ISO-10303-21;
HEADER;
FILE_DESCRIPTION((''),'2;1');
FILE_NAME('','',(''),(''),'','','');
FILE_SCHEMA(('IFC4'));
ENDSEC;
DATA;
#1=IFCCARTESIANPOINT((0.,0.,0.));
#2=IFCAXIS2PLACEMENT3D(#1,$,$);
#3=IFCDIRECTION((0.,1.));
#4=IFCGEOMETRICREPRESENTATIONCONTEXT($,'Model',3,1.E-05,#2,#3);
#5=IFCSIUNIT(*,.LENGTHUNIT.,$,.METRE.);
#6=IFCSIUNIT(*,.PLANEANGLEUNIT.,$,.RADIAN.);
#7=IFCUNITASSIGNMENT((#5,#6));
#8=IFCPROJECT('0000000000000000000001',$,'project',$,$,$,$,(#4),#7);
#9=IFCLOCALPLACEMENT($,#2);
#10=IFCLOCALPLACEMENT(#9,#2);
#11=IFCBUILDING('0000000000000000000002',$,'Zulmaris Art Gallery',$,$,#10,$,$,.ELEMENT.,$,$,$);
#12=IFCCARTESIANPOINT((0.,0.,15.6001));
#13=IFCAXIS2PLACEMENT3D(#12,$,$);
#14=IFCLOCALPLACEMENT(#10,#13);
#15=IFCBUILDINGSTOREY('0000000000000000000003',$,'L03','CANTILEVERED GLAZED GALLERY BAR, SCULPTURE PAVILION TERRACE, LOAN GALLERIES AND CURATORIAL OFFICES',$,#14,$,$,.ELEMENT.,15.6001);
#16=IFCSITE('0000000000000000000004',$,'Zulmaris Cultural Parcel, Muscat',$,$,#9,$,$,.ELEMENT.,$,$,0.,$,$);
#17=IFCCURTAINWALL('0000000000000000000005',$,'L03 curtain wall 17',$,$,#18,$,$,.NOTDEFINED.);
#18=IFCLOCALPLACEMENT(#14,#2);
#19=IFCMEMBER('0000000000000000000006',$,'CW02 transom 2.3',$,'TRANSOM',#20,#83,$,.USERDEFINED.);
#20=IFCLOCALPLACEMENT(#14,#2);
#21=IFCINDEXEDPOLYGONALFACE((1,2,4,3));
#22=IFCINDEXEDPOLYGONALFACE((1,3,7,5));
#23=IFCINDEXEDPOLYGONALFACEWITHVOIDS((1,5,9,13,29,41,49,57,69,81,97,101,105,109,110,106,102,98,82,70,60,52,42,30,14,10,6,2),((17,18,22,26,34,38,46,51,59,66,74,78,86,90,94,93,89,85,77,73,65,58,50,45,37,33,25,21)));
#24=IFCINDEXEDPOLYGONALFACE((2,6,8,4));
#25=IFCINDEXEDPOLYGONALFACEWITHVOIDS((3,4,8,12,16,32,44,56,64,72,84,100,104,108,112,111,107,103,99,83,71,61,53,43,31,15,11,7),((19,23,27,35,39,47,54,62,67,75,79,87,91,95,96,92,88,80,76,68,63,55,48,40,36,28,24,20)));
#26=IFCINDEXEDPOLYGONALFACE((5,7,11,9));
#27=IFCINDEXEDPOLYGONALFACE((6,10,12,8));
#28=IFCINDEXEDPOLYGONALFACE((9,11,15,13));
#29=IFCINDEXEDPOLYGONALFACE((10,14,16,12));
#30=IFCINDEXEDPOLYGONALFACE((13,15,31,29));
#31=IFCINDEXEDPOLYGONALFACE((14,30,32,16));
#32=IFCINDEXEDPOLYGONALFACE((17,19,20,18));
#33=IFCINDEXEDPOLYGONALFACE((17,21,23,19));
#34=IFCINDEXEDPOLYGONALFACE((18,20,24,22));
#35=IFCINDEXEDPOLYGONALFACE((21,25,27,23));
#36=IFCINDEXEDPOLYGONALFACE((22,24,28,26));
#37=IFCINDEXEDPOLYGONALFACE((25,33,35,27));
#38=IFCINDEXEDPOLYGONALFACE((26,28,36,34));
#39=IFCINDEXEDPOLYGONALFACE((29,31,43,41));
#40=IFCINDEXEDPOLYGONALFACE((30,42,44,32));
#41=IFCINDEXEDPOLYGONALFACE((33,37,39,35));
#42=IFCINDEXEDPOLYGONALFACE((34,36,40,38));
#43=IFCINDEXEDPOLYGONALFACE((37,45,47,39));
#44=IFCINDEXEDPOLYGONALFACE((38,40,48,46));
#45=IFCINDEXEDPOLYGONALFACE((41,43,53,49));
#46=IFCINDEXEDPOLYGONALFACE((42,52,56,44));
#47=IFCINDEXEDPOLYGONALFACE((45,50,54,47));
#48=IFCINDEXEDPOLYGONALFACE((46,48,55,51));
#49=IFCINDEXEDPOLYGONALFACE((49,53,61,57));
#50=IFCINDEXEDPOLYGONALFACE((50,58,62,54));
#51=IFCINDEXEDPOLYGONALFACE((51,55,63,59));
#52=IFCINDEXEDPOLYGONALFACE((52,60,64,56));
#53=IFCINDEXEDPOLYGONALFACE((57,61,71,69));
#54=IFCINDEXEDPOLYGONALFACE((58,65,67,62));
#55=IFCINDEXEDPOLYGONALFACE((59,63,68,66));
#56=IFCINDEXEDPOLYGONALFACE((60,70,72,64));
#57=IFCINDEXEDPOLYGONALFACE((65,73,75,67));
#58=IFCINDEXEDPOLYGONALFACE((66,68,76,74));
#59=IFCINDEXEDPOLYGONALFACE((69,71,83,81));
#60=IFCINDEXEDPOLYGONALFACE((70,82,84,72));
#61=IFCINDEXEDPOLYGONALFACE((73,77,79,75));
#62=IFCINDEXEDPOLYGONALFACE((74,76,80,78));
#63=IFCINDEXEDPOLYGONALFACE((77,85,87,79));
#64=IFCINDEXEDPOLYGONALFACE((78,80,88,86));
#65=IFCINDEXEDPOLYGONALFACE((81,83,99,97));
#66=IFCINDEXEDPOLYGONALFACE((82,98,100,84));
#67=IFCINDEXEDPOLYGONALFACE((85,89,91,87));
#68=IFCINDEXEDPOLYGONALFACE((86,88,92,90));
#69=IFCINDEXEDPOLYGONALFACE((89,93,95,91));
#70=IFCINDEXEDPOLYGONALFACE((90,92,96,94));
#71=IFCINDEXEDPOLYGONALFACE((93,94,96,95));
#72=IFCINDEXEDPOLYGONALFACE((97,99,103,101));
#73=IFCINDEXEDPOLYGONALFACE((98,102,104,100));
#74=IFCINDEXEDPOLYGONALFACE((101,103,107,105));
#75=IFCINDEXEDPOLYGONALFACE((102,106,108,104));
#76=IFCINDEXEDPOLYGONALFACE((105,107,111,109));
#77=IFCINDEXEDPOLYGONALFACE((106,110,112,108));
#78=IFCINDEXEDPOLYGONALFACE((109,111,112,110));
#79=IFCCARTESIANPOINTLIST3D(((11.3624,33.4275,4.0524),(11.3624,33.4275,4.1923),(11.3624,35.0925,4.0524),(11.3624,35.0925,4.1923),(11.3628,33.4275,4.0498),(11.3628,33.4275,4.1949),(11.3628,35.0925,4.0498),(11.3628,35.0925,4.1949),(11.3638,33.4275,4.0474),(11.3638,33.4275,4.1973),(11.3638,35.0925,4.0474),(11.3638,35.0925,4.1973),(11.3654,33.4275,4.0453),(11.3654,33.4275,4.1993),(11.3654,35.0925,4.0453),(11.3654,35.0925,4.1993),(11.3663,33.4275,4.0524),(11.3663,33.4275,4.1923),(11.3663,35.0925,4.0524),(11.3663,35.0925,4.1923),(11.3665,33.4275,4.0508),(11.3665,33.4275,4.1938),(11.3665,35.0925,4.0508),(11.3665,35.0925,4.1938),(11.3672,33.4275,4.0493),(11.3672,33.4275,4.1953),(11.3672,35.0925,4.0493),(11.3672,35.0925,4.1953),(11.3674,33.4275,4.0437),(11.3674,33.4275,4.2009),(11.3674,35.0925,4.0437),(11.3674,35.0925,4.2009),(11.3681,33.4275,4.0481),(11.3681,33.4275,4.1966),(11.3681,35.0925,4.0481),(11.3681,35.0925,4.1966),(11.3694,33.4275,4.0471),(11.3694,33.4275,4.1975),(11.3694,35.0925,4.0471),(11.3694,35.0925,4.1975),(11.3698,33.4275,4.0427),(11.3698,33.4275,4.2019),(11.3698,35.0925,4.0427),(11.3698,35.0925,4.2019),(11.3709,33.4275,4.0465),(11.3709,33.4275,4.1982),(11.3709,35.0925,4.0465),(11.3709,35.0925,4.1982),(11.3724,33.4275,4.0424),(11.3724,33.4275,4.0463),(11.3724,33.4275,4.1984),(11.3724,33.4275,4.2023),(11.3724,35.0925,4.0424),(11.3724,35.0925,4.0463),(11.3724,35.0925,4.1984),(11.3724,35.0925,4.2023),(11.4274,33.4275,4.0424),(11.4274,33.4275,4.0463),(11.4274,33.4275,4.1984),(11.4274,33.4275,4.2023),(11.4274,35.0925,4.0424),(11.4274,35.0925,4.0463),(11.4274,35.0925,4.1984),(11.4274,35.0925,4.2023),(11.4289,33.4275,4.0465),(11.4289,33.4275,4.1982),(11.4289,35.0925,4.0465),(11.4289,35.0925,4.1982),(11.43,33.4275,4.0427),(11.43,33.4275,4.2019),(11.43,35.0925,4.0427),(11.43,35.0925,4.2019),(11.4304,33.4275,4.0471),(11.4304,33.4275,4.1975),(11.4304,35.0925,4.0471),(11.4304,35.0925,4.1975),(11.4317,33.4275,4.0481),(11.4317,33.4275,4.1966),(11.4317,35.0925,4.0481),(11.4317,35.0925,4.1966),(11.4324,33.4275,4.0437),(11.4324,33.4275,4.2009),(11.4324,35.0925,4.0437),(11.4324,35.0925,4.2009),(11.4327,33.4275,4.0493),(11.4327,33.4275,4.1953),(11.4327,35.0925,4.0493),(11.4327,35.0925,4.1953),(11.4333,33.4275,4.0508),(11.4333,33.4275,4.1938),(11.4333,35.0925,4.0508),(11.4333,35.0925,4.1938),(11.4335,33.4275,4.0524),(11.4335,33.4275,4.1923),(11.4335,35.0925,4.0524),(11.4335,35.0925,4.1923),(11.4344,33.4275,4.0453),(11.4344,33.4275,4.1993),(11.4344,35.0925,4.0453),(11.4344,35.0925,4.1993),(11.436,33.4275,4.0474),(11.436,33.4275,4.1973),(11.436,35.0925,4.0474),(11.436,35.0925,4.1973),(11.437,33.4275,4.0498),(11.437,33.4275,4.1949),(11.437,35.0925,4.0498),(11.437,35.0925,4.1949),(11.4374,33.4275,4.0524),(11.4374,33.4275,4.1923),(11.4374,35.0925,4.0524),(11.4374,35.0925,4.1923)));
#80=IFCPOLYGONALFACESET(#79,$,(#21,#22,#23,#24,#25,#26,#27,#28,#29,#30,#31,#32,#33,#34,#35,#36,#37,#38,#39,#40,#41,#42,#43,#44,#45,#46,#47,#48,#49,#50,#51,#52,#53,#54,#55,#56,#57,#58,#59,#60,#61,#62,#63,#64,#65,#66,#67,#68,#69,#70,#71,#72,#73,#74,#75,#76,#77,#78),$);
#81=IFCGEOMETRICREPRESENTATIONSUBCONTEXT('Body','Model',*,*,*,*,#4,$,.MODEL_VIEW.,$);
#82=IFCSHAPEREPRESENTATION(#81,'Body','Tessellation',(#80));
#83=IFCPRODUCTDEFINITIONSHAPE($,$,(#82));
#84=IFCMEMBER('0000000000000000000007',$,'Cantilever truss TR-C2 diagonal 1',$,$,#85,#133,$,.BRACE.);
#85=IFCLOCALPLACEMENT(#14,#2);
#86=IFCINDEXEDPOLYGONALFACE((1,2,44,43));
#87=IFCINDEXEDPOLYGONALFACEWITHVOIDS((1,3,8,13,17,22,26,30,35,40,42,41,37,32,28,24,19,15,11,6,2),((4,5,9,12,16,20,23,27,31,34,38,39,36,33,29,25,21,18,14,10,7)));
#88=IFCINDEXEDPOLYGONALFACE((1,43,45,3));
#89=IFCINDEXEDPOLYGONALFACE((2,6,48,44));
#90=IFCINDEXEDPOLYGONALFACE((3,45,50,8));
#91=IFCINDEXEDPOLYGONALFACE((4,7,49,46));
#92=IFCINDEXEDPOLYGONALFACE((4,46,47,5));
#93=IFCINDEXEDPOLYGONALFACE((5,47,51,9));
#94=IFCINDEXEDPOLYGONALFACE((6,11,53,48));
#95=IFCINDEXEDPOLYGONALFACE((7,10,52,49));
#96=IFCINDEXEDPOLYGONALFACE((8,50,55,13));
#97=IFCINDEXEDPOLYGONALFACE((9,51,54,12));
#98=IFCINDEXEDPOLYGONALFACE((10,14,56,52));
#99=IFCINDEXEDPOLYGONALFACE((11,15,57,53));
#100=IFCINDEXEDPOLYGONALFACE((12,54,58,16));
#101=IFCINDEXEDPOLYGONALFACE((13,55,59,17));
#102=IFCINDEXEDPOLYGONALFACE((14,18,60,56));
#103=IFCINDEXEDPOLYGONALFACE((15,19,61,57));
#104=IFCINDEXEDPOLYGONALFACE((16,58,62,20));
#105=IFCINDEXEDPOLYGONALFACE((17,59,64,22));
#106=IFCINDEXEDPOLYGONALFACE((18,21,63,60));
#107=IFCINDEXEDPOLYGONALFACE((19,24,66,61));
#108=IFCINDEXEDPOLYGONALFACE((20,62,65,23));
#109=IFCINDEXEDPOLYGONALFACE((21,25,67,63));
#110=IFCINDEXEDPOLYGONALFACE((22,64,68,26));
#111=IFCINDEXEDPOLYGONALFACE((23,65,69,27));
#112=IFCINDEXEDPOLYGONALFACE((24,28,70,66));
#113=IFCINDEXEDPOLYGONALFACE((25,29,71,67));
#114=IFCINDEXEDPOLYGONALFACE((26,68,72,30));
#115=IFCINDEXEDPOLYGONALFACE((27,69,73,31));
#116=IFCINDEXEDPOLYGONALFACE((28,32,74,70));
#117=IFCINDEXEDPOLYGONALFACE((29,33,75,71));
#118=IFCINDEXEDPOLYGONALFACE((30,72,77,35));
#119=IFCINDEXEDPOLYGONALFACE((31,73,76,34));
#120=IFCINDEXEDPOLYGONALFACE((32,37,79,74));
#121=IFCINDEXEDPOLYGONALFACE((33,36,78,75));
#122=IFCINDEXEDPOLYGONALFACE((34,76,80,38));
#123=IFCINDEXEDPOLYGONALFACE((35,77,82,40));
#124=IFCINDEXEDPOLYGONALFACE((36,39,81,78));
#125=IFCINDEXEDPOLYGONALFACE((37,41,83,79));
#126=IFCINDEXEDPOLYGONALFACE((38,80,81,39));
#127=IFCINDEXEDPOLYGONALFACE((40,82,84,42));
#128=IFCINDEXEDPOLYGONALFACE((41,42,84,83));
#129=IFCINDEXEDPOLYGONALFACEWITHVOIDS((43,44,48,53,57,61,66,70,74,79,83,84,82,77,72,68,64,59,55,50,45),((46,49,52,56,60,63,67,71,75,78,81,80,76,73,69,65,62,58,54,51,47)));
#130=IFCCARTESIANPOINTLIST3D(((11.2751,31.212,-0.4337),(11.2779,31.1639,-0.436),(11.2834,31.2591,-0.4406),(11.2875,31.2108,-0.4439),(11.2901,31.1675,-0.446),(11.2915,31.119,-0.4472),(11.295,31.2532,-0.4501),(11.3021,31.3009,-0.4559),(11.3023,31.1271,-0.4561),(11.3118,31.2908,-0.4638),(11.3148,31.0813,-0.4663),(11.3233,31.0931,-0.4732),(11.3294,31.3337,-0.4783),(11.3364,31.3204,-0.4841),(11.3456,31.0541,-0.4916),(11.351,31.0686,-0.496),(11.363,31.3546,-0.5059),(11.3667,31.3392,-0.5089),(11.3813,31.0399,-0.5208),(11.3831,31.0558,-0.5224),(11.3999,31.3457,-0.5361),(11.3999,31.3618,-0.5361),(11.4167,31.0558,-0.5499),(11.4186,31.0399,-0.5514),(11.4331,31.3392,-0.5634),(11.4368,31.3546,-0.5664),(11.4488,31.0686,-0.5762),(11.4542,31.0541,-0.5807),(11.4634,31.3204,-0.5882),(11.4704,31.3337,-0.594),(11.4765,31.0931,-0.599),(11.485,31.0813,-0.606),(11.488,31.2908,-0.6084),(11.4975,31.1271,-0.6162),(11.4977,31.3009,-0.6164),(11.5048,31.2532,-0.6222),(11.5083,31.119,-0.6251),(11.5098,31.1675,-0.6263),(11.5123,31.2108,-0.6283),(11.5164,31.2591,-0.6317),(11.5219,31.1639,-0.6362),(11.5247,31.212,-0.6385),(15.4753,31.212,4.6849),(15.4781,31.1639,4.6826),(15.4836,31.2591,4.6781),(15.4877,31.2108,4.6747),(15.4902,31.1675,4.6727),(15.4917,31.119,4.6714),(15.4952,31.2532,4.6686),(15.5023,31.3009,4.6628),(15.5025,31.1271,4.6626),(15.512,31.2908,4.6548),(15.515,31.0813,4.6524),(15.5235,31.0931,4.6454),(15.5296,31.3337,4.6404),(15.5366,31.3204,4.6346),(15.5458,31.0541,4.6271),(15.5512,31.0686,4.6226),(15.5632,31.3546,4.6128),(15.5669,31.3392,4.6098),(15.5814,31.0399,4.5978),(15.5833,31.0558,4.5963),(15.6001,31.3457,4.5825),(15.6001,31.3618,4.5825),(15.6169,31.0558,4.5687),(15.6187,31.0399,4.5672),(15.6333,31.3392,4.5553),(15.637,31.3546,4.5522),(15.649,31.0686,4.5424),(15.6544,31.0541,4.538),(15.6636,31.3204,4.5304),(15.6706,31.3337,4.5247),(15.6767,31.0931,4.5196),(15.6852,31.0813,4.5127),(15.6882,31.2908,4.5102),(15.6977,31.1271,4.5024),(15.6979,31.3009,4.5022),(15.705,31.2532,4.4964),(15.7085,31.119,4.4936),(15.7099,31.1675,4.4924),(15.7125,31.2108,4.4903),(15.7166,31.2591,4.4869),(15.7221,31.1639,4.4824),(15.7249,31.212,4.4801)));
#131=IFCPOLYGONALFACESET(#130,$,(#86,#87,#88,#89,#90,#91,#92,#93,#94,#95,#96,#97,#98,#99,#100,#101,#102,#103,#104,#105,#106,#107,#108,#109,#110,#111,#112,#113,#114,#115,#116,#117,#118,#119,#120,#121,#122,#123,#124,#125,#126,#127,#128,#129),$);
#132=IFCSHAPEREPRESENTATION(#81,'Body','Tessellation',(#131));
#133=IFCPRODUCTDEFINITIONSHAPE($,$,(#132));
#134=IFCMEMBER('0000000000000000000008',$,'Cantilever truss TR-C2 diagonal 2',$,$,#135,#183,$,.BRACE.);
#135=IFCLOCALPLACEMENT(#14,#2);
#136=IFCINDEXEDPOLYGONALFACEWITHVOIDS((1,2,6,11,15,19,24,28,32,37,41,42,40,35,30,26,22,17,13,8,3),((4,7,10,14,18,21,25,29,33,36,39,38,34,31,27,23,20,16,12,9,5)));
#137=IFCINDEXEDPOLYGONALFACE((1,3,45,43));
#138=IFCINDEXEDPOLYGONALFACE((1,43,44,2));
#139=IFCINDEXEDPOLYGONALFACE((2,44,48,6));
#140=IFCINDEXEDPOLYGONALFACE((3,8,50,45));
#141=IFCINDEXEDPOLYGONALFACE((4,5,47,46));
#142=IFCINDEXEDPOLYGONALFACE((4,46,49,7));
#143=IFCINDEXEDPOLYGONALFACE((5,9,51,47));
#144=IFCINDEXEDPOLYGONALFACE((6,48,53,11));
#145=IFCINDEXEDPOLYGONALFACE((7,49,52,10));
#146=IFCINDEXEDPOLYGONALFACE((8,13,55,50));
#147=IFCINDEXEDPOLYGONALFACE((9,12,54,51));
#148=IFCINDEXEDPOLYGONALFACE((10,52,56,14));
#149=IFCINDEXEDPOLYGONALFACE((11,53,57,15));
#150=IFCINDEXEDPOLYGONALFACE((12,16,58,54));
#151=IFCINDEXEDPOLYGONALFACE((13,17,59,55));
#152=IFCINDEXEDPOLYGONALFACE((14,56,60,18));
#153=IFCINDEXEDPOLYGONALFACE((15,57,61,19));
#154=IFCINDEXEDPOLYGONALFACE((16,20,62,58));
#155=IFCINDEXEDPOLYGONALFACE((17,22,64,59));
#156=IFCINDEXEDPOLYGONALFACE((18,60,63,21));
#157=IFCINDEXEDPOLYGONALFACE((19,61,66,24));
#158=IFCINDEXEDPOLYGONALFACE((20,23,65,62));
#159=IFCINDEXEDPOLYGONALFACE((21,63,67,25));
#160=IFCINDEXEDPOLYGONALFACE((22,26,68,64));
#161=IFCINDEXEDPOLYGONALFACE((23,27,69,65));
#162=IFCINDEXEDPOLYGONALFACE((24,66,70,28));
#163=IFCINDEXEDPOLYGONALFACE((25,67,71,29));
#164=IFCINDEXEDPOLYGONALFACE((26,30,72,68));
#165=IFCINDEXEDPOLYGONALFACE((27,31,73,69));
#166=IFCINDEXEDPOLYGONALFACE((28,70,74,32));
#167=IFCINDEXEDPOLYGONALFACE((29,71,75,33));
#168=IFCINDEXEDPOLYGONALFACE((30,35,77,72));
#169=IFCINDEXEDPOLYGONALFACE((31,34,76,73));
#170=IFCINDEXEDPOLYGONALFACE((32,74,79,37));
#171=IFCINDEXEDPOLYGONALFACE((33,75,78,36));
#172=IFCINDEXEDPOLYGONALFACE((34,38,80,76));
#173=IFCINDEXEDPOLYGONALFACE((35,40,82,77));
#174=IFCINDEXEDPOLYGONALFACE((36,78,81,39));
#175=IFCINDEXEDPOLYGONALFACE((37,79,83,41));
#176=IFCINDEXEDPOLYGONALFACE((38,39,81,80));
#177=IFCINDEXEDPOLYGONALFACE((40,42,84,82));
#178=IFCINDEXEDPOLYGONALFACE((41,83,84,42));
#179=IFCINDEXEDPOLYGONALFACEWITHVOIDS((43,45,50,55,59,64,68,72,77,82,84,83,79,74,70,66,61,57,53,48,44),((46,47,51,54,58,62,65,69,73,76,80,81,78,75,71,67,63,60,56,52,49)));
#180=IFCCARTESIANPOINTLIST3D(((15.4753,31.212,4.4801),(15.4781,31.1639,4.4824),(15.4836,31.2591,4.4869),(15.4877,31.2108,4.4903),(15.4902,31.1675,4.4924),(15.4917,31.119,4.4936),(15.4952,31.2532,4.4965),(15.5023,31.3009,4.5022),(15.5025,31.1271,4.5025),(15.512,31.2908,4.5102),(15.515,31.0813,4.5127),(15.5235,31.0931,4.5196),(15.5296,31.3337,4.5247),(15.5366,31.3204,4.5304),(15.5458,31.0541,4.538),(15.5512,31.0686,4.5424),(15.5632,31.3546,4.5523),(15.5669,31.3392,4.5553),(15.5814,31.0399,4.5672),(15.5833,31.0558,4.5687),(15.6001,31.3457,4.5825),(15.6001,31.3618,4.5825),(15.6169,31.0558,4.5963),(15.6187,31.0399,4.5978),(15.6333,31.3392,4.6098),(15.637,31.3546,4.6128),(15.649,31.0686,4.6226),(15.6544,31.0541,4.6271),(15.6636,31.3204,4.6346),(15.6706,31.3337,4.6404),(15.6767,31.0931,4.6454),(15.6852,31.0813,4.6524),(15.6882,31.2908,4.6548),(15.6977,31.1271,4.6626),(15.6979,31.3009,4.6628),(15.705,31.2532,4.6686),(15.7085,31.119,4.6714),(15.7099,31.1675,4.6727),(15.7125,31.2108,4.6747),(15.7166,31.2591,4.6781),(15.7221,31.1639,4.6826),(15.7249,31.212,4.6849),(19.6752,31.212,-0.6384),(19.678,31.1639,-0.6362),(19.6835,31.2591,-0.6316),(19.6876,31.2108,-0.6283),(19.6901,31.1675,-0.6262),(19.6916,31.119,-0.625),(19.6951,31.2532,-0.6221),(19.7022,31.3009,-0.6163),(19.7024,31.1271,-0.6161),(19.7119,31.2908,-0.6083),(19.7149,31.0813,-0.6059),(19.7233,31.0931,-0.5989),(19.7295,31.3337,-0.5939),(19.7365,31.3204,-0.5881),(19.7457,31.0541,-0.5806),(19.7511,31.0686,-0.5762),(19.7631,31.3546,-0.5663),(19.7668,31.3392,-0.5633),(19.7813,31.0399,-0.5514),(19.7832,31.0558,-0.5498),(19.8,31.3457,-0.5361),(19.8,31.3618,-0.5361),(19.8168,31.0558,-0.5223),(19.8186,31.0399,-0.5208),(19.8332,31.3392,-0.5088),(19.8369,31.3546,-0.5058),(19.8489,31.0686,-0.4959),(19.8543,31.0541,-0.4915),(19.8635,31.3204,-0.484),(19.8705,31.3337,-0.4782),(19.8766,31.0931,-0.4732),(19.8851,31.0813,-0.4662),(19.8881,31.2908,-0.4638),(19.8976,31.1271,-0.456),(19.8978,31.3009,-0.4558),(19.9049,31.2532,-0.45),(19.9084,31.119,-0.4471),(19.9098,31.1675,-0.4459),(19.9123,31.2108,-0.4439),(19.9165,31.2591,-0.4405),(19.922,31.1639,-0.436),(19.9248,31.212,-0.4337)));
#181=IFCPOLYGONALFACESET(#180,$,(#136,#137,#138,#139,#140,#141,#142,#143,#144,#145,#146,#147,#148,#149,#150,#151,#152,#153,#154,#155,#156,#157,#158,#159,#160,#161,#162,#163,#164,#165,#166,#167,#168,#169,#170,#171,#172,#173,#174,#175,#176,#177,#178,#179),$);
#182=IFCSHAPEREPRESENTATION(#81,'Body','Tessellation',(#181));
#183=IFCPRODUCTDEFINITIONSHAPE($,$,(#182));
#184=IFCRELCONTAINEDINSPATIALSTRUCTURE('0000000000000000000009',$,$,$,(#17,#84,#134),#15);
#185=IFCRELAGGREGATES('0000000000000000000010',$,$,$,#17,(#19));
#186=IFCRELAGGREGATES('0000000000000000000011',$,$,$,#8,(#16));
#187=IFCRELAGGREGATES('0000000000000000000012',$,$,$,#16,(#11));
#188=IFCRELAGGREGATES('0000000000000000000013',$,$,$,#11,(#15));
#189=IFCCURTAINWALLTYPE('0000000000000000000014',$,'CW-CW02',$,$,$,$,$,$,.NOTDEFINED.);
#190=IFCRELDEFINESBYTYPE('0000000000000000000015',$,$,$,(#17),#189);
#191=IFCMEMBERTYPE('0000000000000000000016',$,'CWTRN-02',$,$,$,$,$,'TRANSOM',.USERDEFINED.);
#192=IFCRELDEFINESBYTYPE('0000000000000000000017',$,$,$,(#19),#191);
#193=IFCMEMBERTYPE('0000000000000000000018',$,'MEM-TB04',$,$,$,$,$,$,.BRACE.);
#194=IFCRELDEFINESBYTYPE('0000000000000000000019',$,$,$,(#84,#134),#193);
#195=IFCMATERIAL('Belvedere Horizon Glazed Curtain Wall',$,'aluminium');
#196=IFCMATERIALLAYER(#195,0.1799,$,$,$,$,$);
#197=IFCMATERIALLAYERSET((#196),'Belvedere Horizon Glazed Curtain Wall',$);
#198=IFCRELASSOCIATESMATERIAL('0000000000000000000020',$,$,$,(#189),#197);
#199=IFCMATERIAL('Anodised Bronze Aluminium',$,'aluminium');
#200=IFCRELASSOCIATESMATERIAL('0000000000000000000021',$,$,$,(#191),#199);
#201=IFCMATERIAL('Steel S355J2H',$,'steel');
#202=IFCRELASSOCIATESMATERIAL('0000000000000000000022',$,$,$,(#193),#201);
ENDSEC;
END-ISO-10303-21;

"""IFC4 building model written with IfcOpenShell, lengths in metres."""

from ifc_helpers import new_model, si_unit, direction, frame, origin, origin_2d, place, context, subcontext, project, spatial, hollow_rectangle, hollow_circle, extrude, material, layer, layer_set, material_profile, profile_set, type_object, element, aggregate, save


model = new_model("IFC4")

# Units and contexts
model_context = context("Model", 3, precision=1e-05, world=origin(), true_north=direction((0.0, 1.0)))
body_context = subcontext(model_context, "Body", "Model", "MODEL_VIEW")
ifc_project = project(units=[si_unit("LENGTHUNIT", "METRE"), si_unit("PLANEANGLEUNIT", "RADIAN")], contexts=[model_context])

# Site, building, storey
site_placement = place(None, origin())
site = spatial("IfcSite", under=ifc_project, at=site_placement, Name="Zulmaris Cultural Parcel, Muscat", CompositionType="ELEMENT", RefElevation=0.0)
building_placement = place(site_placement, origin())
building = spatial("IfcBuilding", under=site, at=building_placement, Name="Zulmaris Art Gallery", CompositionType="ELEMENT")
storey_placement = place(building_placement, frame((0.0, 0.0, 15.6001)))
storey = spatial("IfcBuildingStorey", under=building, at=storey_placement, Name="L03", Description="CANTILEVERED GLAZED GALLERY BAR, SCULPTURE PAVILION TERRACE, LOAN GALLERIES AND CURATORIAL OFFICES", CompositionType="ELEMENT", Elevation=15.6001)

# Shared definitions
ifc_material_1 = material(Name="Belvedere Horizon Glazed Curtain Wall", Category="aluminium")
ifc_layer_1 = layer(ifc_material_1, 0.1799)
ifc_layer_set_1 = layer_set([ifc_layer_1], Name="Belvedere Horizon Glazed Curtain Wall")
curtain_wall_type = type_object("IfcCurtainWallType", Name="CW-CW02", PredefinedType="NOTDEFINED", material=ifc_layer_set_1)
ifc_material_2 = material(Name="Anodised Bronze Aluminium", Category="aluminium")

# Curtain wall, member
curtain_wall_1_placement = place(storey_placement, origin())
curtain_wall_1 = element("IfcCurtainWall", 1, at=curtain_wall_1_placement, inside=storey, type_object=curtain_wall_type, Name="L03 curtain wall 17", PredefinedType="NOTDEFINED")
ifc_material_profile_1 = material_profile(ifc_material_2, hollow_rectangle(XDim=0.075, YDim=0.1599, WallThickness=0.0039, InnerFilletRadius=0.0061, OuterFilletRadius=0.01, at=origin_2d()), Name="ALU 75x160x4")
ifc_profile_set_1 = profile_set([ifc_material_profile_1], Name="Anodised Bronze Aluminium")
member_type_1 = type_object("IfcMemberType", Name="CWTRN-02", ElementType="TRANSOM", PredefinedType="USERDEFINED", material=ifc_profile_set_1)
member_1_placement = place(storey_placement, frame((11.3999, 33.4275, 4.1223), z_axis=(0.0, 1.0, 0.0), x_axis=(-1.0, 0.0, 0.0)))
member_1 = element("IfcMember", 2, at=member_1_placement, type_object=member_type_1, Name="CW02 transom 2.3", ObjectType="TRANSOM", PredefinedType="USERDEFINED", context=body_context, shape_type="SweptSolid", body=[
    extrude(hollow_rectangle(XDim=0.075, YDim=0.1599, WallThickness=0.0039, InnerFilletRadius=0.0061, OuterFilletRadius=0.01, at=origin_2d()), origin(), (0.0, 0.0, 1.0), 1.665),
])

# Members
ifc_material_3 = material(Name="Steel S355J2H", Category="steel")
ifc_material_profile_2 = material_profile(ifc_material_3, hollow_circle(Radius=0.1619, WallThickness=0.0161, at=origin_2d()), Name="CHS 323.9x16")
ifc_profile_set_2 = profile_set([ifc_material_profile_2], Name="Steel S355J2H")
member_type_2 = type_object("IfcMemberType", Name="MEM-TB04", PredefinedType="BRACE", material=ifc_profile_set_2)
member_2_placement = place(storey_placement, frame((11.3999, 31.2, -0.5361), z_axis=(0.634341, 0.0, 0.773053), x_axis=(0.0, 1.0, 0.0)))
element("IfcMember", 3, at=member_2_placement, inside=storey, type_object=member_type_2, Name="Cantilever truss TR-C2 diagonal 1", PredefinedType="BRACE", context=body_context, shape_type="SweptSolid", body=[
    extrude(hollow_circle(Radius=0.1619, WallThickness=0.0161, at=origin_2d()), origin(), (0.0, 0.0, 1.0), 6.6213),
])
for number, where, z_axis, x_axis, name in (
    (4, (15.6001, 31.2, 4.5825), (0.634319, 0.0, -0.773071), (0.0, 1.0, 0.0), "Cantilever truss TR-C2 diagonal 2"),
):
    element("IfcMember", number, at=place(storey_placement, frame(where, z_axis=z_axis, x_axis=x_axis)), inside=storey, type_object=member_type_2, Name=name, PredefinedType="BRACE", context=body_context, shape_type="SweptSolid", body=[
        extrude(hollow_circle(Radius=0.1619, WallThickness=0.0161, at=origin_2d()), origin(), (0.0, 0.0, 1.0), 6.6211),
    ])

aggregate(curtain_wall_1, [member_1])

save(model, "model.ifc")
